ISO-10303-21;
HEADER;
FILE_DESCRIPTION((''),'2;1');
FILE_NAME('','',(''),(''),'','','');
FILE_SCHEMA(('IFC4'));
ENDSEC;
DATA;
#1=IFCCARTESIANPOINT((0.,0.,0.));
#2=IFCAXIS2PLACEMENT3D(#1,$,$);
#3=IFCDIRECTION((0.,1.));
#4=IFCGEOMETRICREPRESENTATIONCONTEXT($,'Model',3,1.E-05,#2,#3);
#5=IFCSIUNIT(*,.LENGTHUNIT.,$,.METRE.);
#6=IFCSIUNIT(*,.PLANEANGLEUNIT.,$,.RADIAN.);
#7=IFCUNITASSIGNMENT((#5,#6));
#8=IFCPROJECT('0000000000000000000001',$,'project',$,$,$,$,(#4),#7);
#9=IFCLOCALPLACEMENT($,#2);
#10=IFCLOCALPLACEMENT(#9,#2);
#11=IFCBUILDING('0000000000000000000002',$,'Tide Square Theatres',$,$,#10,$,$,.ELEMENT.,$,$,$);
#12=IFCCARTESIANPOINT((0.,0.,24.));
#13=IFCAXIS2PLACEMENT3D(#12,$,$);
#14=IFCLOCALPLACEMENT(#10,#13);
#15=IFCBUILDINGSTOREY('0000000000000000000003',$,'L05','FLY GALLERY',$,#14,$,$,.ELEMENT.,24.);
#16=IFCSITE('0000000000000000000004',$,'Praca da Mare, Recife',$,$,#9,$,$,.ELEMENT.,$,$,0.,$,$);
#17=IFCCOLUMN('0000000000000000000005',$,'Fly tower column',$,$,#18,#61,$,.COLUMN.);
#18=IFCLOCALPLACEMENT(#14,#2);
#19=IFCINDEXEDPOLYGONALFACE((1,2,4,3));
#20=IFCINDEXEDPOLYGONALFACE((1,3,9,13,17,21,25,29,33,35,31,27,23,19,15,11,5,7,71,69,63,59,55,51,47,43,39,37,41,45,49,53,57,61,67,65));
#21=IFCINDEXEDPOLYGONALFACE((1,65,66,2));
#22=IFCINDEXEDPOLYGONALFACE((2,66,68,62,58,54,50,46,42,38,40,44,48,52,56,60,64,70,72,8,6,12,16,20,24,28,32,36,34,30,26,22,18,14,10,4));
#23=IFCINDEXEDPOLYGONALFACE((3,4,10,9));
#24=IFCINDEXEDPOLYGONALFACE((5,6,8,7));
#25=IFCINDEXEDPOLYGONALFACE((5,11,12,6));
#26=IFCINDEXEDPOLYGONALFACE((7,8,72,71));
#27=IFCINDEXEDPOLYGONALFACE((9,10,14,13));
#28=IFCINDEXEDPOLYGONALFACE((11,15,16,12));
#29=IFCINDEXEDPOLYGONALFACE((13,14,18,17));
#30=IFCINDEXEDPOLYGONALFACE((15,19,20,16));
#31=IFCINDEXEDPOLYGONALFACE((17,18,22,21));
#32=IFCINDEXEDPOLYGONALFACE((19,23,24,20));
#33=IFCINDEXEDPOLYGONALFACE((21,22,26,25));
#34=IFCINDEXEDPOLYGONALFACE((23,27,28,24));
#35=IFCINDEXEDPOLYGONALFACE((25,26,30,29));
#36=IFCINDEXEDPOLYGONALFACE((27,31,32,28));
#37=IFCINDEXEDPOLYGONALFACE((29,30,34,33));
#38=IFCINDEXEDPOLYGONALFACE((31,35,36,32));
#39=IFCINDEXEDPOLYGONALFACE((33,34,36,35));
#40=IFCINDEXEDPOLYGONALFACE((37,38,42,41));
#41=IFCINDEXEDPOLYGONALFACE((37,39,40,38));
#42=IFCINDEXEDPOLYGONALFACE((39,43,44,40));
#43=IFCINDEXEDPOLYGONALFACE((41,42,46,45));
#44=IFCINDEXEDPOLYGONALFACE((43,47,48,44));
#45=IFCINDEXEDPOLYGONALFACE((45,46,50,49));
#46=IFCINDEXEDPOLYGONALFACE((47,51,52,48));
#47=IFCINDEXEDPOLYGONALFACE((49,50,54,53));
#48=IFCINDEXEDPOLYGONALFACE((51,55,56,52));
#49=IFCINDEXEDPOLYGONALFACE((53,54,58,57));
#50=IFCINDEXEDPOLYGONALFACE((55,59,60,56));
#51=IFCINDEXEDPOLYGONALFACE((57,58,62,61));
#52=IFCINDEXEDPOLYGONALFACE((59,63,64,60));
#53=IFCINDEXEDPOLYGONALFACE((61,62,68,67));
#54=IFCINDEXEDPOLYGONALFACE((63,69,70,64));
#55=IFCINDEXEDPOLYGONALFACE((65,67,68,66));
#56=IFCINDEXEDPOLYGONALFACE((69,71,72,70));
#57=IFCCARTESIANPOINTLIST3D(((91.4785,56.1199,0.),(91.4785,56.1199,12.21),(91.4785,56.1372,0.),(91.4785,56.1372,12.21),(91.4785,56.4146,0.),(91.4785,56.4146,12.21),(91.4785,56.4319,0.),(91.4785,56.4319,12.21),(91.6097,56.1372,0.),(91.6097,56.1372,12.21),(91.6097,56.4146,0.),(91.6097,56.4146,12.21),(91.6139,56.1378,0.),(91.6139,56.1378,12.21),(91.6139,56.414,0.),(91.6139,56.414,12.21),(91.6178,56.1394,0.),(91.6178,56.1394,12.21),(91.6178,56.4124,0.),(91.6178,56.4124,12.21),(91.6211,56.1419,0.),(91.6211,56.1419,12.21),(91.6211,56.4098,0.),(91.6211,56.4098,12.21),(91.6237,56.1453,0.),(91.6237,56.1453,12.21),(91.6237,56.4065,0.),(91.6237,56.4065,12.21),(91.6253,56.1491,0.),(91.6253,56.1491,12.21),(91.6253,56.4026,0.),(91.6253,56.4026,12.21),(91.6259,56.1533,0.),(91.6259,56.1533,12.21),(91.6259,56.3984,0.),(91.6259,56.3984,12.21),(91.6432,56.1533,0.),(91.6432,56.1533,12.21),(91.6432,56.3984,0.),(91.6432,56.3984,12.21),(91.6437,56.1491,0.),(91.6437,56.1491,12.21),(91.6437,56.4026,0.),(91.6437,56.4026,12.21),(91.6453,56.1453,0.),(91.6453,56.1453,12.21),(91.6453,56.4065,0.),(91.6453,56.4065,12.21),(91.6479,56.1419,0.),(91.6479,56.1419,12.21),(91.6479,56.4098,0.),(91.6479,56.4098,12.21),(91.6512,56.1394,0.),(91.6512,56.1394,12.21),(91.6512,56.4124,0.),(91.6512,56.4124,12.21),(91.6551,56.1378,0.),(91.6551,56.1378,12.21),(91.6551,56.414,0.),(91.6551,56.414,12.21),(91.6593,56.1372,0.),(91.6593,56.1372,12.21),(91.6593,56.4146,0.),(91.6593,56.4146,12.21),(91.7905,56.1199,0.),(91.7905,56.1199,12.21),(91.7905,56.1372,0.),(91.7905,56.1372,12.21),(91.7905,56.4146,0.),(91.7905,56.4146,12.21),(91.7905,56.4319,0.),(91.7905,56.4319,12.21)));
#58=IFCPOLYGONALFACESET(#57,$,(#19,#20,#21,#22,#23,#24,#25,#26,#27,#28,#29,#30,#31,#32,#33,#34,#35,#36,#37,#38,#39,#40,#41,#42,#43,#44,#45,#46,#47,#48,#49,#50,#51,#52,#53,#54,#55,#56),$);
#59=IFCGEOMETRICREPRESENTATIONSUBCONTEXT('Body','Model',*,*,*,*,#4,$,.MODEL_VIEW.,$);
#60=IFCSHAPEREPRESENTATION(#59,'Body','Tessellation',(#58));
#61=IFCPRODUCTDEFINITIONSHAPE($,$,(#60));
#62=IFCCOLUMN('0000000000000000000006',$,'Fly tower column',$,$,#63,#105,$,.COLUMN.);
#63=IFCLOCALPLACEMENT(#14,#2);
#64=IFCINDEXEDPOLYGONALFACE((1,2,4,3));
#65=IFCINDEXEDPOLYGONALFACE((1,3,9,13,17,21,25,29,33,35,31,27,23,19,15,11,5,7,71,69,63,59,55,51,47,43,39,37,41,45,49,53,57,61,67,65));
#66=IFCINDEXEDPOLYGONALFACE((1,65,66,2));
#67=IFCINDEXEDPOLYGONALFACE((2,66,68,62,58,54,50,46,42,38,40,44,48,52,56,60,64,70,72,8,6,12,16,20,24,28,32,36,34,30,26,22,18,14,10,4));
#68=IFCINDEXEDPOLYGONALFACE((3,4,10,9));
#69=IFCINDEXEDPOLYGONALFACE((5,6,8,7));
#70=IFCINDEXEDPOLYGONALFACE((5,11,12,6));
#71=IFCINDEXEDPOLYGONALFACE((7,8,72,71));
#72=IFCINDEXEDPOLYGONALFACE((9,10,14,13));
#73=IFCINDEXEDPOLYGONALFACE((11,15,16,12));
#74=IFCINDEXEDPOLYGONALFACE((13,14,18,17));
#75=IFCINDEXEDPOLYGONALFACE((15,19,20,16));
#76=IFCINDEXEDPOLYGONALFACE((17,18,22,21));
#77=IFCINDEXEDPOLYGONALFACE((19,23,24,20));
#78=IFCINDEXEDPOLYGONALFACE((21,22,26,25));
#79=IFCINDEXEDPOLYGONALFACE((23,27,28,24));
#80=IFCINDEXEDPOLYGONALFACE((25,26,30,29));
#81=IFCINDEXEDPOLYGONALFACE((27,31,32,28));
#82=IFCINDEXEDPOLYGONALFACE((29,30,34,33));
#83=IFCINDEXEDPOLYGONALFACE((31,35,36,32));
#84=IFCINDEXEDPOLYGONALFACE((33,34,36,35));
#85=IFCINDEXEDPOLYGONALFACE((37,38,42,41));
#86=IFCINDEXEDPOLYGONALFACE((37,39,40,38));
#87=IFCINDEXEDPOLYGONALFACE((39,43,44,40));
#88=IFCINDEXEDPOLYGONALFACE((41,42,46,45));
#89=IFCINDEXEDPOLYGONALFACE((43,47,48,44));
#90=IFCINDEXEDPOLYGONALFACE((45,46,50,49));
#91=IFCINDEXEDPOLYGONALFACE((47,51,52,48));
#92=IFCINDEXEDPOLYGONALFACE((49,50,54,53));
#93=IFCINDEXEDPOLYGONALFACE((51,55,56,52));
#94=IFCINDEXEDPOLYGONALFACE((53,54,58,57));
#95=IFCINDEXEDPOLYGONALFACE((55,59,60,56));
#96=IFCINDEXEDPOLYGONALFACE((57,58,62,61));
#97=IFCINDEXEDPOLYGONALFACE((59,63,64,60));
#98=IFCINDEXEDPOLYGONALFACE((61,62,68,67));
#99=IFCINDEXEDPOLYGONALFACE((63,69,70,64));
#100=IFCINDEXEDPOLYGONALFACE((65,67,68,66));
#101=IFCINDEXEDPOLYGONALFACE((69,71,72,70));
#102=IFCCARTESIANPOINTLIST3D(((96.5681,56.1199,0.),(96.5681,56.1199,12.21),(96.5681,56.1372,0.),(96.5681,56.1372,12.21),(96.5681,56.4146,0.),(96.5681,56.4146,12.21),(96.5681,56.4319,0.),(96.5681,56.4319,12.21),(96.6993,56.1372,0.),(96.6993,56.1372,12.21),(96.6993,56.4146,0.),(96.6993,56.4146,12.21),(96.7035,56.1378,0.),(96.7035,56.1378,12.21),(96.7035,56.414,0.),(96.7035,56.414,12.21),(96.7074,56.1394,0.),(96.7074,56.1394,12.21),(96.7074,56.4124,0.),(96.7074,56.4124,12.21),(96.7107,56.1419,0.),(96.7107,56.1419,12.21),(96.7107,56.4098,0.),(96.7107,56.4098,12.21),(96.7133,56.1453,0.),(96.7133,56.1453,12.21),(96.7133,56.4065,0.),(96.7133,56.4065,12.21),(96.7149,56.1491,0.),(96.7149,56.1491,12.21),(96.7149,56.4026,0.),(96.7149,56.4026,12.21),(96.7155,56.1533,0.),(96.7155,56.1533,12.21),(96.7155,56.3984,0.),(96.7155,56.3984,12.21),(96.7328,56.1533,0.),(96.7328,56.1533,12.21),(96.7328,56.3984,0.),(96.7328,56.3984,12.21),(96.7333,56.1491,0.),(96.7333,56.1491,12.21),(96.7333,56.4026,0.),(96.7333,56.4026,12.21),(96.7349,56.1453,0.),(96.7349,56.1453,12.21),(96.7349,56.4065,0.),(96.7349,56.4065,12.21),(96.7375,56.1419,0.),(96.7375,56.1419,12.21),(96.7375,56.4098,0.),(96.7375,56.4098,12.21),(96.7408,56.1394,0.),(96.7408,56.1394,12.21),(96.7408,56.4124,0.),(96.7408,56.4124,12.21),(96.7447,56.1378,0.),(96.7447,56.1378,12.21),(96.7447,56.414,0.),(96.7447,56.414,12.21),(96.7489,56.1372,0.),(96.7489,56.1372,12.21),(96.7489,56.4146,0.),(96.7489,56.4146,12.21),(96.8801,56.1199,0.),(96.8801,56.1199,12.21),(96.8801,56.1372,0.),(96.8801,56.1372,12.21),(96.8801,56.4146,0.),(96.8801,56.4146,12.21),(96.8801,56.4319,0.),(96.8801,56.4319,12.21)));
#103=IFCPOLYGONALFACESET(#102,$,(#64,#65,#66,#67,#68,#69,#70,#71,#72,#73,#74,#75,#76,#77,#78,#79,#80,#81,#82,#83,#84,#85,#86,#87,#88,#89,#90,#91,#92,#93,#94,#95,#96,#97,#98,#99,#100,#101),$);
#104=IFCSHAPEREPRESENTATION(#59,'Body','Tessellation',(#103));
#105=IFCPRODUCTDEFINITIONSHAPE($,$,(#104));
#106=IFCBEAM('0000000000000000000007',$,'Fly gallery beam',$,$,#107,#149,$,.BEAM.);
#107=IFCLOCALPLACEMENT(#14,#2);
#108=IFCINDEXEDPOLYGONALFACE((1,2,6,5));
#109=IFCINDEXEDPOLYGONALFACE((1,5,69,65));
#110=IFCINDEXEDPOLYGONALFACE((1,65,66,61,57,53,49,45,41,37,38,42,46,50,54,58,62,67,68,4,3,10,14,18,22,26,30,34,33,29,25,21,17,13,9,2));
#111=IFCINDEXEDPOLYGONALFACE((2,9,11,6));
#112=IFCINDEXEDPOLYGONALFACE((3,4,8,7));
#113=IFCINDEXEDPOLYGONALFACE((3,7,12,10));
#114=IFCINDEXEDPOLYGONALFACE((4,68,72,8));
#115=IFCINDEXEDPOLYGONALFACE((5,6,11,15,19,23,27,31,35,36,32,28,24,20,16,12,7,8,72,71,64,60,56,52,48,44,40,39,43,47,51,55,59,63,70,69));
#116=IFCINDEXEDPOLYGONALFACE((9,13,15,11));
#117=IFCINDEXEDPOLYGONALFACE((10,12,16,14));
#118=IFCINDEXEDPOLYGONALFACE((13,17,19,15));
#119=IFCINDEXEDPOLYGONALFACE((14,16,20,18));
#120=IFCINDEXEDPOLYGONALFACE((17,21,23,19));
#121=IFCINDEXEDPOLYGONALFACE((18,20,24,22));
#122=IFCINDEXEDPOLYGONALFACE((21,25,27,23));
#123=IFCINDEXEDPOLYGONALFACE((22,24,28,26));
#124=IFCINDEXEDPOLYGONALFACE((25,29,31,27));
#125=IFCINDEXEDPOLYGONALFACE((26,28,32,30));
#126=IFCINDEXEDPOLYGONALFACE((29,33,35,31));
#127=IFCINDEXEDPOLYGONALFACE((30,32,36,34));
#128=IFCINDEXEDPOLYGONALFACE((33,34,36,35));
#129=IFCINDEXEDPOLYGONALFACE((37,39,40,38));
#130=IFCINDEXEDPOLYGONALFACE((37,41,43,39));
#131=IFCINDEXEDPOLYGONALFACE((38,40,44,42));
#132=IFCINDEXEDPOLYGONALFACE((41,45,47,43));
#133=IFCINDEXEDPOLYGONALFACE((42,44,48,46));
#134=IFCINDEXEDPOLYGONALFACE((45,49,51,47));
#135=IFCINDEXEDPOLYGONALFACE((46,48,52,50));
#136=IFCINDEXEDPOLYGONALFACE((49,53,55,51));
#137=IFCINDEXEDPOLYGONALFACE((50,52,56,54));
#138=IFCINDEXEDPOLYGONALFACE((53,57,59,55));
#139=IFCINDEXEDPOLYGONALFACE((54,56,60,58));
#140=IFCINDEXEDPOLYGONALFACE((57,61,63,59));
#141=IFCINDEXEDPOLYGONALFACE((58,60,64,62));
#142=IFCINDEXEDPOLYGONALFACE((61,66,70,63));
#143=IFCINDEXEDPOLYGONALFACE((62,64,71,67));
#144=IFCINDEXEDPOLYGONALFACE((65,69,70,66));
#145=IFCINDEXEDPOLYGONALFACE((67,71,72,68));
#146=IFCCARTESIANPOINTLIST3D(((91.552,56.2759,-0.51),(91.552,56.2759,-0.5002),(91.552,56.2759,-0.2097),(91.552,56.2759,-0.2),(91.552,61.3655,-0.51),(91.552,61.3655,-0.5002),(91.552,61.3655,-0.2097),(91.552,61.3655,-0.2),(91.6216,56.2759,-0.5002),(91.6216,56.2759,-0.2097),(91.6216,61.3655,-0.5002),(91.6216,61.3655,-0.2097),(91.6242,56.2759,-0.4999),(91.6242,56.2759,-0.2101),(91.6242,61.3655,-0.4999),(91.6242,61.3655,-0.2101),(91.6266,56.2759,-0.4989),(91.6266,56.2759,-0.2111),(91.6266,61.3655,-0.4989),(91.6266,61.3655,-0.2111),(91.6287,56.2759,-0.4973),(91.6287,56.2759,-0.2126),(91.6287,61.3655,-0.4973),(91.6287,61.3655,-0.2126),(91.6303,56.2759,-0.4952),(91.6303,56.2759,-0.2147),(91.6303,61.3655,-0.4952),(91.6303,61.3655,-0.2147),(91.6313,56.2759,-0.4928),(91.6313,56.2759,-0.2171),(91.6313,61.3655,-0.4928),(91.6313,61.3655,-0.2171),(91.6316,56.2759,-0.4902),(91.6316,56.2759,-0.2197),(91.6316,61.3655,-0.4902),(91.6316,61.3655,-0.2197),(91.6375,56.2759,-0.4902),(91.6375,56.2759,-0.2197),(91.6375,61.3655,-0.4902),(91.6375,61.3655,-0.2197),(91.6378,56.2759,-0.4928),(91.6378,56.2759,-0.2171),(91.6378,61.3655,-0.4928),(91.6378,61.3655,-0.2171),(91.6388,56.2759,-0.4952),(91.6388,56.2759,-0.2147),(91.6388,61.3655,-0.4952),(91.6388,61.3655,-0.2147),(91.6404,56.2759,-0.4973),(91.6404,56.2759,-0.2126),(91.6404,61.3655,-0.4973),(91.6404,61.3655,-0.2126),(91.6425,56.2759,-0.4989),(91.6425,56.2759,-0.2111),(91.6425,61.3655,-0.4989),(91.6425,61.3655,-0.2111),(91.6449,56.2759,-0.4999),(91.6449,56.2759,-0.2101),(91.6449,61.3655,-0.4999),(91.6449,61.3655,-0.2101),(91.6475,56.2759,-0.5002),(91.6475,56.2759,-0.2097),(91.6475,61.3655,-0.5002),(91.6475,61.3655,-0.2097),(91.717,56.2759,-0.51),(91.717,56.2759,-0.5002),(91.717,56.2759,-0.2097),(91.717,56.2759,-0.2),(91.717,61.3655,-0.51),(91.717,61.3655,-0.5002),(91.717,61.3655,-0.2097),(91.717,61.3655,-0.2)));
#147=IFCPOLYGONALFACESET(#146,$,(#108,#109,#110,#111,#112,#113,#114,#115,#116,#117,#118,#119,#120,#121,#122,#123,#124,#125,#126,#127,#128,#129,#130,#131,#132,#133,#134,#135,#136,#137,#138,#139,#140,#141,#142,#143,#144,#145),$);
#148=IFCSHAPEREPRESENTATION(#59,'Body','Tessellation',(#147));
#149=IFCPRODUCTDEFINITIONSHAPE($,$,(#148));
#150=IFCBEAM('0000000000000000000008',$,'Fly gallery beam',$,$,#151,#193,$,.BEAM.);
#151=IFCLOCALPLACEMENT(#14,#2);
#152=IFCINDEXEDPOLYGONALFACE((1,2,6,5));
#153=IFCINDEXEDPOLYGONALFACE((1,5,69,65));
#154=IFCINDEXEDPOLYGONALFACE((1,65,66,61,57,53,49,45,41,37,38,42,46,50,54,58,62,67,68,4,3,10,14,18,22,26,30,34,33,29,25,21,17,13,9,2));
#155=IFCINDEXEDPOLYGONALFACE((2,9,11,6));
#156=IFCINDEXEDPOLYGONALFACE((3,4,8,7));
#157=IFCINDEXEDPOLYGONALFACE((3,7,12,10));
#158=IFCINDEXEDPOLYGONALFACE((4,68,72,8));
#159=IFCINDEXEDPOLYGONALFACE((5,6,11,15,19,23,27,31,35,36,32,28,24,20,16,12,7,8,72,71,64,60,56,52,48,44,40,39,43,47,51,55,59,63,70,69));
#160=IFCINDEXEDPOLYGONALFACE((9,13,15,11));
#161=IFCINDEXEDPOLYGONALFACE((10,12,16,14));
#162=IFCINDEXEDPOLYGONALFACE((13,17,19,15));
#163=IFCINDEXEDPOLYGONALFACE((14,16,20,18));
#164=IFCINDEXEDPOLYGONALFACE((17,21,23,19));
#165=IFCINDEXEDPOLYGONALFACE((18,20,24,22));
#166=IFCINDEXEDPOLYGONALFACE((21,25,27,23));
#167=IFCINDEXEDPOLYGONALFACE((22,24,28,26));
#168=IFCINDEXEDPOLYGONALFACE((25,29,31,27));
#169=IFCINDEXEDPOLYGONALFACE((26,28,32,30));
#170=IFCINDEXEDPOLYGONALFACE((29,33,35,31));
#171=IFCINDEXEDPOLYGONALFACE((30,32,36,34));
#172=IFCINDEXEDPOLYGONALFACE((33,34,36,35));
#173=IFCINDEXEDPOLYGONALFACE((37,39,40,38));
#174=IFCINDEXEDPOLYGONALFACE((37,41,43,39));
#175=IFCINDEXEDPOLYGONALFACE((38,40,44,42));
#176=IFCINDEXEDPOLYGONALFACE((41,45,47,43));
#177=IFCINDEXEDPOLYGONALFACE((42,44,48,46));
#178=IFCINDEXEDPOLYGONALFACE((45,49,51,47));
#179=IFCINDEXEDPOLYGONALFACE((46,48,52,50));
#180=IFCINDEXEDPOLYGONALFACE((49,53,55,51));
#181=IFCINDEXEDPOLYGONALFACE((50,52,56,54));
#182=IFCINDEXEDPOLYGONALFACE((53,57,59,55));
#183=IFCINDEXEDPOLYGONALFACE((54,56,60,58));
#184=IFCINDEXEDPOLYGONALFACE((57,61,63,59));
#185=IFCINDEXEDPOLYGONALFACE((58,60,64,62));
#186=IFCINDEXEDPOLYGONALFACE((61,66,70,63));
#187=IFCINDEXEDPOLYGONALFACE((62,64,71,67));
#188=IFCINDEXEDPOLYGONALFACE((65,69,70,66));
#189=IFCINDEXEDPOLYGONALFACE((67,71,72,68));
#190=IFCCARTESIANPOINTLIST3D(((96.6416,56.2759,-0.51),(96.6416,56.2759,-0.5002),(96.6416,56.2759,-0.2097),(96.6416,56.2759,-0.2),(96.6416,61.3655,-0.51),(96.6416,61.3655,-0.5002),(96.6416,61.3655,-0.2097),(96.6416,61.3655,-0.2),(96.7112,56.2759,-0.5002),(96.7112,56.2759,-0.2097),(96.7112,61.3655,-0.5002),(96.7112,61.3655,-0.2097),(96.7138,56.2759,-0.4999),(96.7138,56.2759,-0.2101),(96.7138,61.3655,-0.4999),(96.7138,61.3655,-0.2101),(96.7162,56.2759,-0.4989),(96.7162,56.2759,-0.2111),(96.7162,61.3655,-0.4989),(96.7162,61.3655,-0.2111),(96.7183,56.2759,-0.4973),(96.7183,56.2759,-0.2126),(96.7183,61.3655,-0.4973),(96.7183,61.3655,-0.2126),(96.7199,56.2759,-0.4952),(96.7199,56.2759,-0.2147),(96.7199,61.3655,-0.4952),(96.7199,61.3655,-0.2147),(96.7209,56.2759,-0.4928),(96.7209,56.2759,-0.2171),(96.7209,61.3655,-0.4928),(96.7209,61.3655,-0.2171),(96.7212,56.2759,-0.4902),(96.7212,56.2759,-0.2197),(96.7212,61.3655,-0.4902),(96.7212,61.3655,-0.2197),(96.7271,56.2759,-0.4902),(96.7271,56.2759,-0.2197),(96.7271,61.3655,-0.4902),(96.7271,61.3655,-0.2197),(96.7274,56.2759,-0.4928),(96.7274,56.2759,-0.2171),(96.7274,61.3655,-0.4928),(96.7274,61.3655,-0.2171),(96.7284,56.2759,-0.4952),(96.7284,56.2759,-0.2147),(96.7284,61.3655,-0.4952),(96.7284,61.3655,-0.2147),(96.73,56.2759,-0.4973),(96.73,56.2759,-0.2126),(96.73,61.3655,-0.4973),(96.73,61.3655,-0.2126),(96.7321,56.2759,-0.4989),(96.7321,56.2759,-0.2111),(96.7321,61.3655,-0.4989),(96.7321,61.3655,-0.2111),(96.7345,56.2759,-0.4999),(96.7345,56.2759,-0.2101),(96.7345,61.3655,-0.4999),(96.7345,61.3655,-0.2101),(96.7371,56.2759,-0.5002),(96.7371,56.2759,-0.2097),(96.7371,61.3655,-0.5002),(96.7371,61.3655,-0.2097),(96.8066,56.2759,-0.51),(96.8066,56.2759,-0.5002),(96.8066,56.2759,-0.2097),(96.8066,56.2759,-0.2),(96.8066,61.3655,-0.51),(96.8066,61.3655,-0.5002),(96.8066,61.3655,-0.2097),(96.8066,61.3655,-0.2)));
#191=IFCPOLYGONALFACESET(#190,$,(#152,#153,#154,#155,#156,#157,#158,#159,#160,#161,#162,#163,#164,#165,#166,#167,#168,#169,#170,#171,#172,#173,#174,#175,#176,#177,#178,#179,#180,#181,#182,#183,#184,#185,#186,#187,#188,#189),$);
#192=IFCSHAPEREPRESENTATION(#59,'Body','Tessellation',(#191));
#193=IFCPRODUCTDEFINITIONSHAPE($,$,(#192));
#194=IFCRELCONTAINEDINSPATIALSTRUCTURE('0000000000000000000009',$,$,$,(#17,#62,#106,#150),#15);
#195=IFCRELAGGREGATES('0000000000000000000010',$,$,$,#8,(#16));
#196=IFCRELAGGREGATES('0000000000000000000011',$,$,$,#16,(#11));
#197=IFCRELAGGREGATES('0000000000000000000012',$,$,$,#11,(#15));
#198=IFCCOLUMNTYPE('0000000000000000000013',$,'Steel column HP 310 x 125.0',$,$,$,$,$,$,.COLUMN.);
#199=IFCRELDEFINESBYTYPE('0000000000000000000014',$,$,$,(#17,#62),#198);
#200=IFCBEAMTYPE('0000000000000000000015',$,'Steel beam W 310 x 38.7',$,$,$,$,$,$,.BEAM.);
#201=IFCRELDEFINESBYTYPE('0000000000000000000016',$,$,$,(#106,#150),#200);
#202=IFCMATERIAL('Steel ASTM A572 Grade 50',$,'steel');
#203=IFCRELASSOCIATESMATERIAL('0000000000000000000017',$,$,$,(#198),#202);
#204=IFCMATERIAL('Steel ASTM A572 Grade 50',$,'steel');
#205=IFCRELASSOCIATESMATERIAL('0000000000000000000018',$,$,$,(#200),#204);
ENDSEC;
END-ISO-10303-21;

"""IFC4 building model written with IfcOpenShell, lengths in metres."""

from ifc_helpers import new_model, si_unit, direction, frame, origin, origin_2d, place, context, subcontext, project, spatial, i_section, extrude, material, material_profile, profile_set, type_object, element, save


model = new_model("IFC4")

# Units and contexts
model_context = context("Model", 3, precision=1e-05, world=origin(), true_north=direction((0.0, 1.0)))
body_context = subcontext(model_context, "Body", "Model", "MODEL_VIEW")
ifc_project = project(units=[si_unit("LENGTHUNIT", "METRE"), si_unit("PLANEANGLEUNIT", "RADIAN")], contexts=[model_context])

# Site, building, storey
site_placement = place(None, origin())
site = spatial("IfcSite", under=ifc_project, at=site_placement, Name="Praca da Mare, Recife", CompositionType="ELEMENT", RefElevation=0.0)
building_placement = place(site_placement, origin())
building = spatial("IfcBuilding", under=site, at=building_placement, Name="Tide Square Theatres", CompositionType="ELEMENT")
storey_placement = place(building_placement, frame((0.0, 0.0, 24.0)))
storey = spatial("IfcBuildingStorey", under=building, at=storey_placement, Name="L05", Description="FLY GALLERY", CompositionType="ELEMENT", Elevation=24.0)

# Columns
ifc_material_1 = material(Name="Steel ASTM A572 Grade 50", Category="steel")
ifc_material_profile_1 = material_profile(ifc_material_1, i_section(OverallWidth=0.312, OverallDepth=0.312, WebThickness=0.0173, FlangeThickness=0.0173, FilletRadius=0.0161, at=origin_2d()))
ifc_profile_set_1 = profile_set([ifc_material_profile_1], Name="Steel ASTM A572 Grade 50")
column_type = type_object("IfcColumnType", Name="Steel column HP 310 x 125.0", PredefinedType="COLUMN", material=ifc_profile_set_1)
for number, where, z_axis, x_axis, name in (
    (1, (91.6345, 56.2759, 0.0), (0.0, 0.0, 1.0), (1.0, 0.0, 0.0), "Fly tower column"),
    (2, (96.7241, 56.2759, 0.0), (0.0, 0.0, 1.0), (1.0, 0.0, 0.0), "Fly tower column"),
):
    element("IfcColumn", number, at=place(storey_placement, frame(where, z_axis=z_axis, x_axis=x_axis)), inside=storey, type_object=column_type, Name=name, PredefinedType="COLUMN", context=body_context, shape_type="SweptSolid", body=[
        extrude(i_section(OverallWidth=0.312, OverallDepth=0.312, WebThickness=0.0173, FlangeThickness=0.0173, FilletRadius=0.0161, at=origin_2d()), origin(), (0.0, 0.0, 1.0), 12.21),
    ])

# Beams
ifc_material_2 = material(Name="Steel ASTM A572 Grade 50", Category="steel")
ifc_material_profile_2 = material_profile(ifc_material_2, i_section(OverallWidth=0.165, OverallDepth=0.3101, WebThickness=0.0059, FlangeThickness=0.0098, FilletRadius=0.01, at=origin_2d()))
ifc_profile_set_2 = profile_set([ifc_material_profile_2], Name="Steel ASTM A572 Grade 50")
beam_type_1 = type_object("IfcBeamType", Name="Steel beam W 310 x 38.7", PredefinedType="BEAM", material=ifc_profile_set_2)
for number, where, z_axis, x_axis, name in (
    (3, (91.6345, 56.2759, -0.355), (0.0, 1.0, 0.0), (-1.0, 0.0, 0.0), "Fly gallery beam"),
    (4, (96.7241, 56.2759, -0.355), (0.0, 1.0, 0.0), (-1.0, 0.0, 0.0), "Fly gallery beam"),
):
    element("IfcBeam", number, at=place(storey_placement, frame(where, z_axis=z_axis, x_axis=x_axis)), inside=storey, type_object=beam_type_1, Name=name, PredefinedType="BEAM", context=body_context, shape_type="SweptSolid", body=[
        extrude(i_section(OverallWidth=0.165, OverallDepth=0.3101, WebThickness=0.0059, FlangeThickness=0.0098, FilletRadius=0.01, at=origin_2d()), origin(), (0.0, 0.0, 1.0), 5.0896),
    ])

save(model, "model.ifc")
